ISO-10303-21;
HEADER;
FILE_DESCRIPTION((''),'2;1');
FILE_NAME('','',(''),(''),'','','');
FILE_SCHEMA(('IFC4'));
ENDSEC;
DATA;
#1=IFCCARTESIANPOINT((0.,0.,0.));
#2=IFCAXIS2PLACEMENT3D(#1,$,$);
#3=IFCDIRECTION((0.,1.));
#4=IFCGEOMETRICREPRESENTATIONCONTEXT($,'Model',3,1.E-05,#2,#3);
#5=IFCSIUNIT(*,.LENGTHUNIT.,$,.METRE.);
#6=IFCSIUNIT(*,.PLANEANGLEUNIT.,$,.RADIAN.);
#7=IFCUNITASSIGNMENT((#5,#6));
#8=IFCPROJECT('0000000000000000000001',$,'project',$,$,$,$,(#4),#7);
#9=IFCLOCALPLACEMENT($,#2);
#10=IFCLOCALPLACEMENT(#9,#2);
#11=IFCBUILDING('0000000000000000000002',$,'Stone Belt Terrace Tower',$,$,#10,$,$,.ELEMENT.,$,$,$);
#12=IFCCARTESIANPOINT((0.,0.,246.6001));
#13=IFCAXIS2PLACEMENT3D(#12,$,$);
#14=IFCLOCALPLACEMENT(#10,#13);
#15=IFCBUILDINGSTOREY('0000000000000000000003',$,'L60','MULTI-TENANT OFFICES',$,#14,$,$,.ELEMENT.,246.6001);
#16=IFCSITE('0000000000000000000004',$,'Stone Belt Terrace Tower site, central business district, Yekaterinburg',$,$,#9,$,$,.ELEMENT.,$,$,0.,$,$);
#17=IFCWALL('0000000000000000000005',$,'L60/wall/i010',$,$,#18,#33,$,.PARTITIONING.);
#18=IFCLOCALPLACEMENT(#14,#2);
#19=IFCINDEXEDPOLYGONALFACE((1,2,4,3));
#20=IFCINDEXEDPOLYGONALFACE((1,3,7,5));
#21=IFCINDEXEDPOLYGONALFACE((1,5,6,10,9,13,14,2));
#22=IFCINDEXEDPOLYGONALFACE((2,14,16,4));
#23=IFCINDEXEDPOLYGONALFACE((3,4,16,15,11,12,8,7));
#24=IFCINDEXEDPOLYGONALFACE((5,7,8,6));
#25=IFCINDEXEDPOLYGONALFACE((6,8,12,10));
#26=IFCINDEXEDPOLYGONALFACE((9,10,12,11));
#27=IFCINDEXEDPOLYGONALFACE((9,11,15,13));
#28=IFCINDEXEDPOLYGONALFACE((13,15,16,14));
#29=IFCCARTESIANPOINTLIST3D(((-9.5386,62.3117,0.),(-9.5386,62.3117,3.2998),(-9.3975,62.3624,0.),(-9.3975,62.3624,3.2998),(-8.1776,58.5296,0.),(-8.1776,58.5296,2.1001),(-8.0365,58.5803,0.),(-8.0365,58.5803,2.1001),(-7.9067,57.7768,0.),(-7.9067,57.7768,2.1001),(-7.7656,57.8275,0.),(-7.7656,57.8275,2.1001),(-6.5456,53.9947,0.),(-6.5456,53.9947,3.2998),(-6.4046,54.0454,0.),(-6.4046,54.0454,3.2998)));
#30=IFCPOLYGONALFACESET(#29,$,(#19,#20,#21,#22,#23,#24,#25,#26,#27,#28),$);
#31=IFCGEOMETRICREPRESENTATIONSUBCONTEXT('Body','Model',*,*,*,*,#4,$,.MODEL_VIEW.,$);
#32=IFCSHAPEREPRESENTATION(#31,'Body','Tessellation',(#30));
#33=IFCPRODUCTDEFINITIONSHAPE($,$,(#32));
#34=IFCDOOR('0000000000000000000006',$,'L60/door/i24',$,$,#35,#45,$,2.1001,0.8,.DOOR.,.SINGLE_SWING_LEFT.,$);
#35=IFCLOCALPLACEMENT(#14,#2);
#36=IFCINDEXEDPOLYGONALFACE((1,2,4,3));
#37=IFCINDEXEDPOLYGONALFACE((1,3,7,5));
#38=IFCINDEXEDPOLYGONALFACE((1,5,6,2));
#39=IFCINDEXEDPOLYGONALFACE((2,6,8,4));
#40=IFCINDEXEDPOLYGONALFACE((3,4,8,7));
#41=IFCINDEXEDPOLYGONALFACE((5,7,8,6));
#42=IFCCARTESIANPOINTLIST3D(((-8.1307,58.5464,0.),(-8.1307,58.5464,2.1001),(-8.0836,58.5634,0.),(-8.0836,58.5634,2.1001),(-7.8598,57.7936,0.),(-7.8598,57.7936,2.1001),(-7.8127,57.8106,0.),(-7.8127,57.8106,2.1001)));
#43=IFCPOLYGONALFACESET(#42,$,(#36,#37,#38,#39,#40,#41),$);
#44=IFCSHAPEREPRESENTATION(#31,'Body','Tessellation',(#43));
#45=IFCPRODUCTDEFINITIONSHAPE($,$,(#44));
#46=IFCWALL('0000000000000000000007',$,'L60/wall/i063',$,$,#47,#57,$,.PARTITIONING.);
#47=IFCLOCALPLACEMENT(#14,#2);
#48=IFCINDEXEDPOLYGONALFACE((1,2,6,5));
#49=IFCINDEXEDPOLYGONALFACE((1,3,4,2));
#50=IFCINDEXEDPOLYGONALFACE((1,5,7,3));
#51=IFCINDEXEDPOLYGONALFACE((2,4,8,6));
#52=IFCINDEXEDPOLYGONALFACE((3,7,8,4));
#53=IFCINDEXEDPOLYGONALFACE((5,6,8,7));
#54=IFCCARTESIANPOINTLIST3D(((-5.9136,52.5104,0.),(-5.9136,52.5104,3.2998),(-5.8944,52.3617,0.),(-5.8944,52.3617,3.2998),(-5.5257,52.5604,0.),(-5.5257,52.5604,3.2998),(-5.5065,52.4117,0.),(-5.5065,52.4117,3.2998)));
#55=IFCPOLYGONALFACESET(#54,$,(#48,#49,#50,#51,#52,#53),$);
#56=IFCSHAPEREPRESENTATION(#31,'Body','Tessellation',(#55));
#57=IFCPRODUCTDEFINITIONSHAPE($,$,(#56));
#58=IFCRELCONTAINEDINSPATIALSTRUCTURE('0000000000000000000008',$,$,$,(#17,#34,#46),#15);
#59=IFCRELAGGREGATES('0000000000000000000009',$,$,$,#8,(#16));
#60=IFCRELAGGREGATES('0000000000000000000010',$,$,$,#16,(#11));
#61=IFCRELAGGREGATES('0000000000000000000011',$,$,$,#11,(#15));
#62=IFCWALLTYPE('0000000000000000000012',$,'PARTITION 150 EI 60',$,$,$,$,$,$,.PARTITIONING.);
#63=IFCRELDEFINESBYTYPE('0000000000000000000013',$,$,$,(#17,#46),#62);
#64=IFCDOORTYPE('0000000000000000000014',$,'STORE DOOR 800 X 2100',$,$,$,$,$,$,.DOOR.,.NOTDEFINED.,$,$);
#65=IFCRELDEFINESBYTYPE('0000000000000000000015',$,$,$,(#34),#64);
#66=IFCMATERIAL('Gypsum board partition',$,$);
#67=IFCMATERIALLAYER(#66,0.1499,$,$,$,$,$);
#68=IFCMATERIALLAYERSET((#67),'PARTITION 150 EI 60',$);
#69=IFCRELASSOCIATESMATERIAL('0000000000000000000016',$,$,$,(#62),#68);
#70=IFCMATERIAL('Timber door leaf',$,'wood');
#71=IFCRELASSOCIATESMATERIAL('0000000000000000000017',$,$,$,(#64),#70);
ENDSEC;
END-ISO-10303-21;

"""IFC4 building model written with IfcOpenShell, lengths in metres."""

from ifc_helpers import new_model, si_unit, direction, frame, frame_2d, origin, place, context, subcontext, project, spatial, rectangle, extrude, material, layer, layer_set, type_object, element, fill, save


model = new_model("IFC4")

# Units and contexts
model_context = context("Model", 3, precision=1e-05, world=origin(), true_north=direction((0.0, 1.0)))
body_context = subcontext(model_context, "Body", "Model", "MODEL_VIEW")
ifc_project = project(units=[si_unit("LENGTHUNIT", "METRE"), si_unit("PLANEANGLEUNIT", "RADIAN")], contexts=[model_context])

# Site, building, storey
site_placement = place(None, origin())
site = spatial("IfcSite", under=ifc_project, at=site_placement, Name="Stone Belt Terrace Tower site, central business district, Yekaterinburg", CompositionType="ELEMENT", RefElevation=0.0)
building_placement = place(site_placement, origin())
building = spatial("IfcBuilding", under=site, at=building_placement, Name="Stone Belt Terrace Tower", CompositionType="ELEMENT")
storey_placement = place(building_placement, frame((0.0, 0.0, 246.6001)))
storey = spatial("IfcBuildingStorey", under=building, at=storey_placement, Name="L60", Description="MULTI-TENANT OFFICES", CompositionType="ELEMENT", Elevation=246.6001)

# Shared definitions
ifc_material_1 = material(Name="Timber door leaf", Category="wood")

# Shared definitions
ifc_material_2 = material(Name="Gypsum board partition")
ifc_layer_1 = layer(ifc_material_2, 0.1499)
ifc_layer_set_1 = layer_set([ifc_layer_1], Name="PARTITION 150 EI 60")
wall_type_1 = type_object("IfcWallType", Name="PARTITION 150 EI 60", PredefinedType="PARTITIONING", material=ifc_layer_set_1)

# Wall, opening, door
wall_1_placement = place(storey_placement, frame((-9.468, 62.3369, 0.0), z_axis=(0.0, 0.0, 1.0), x_axis=(0.338603, -0.940929, 0.0)))
wall_1 = element("IfcWall", 1, at=wall_1_placement, inside=storey, type_object=wall_type_1, Name="L60/wall/i010", PredefinedType="PARTITIONING", context=body_context, shape_type="SweptSolid", body=[
    extrude(rectangle(XDim=8.8391, YDim=0.1499, at=frame_2d((4.4194, 0.0))), origin(), (0.0, 0.0, 1.0), 3.2998),
])
opening_1_placement = place(wall_1_placement, frame((4.0195, 0.0, 0.0)))
opening_1 = element("IfcOpeningElement", 2, at=opening_1_placement, cuts=wall_1, PredefinedType="OPENING", context=body_context, shape_type="SweptSolid", body=[
    extrude(rectangle(XDim=0.8, YDim=2.1001, at=frame_2d((0.3999, 1.05))), frame((0.0, 0.085, 0.0), z_axis=(0.0, -1.0, 0.0), x_axis=(1.0, 0.0, 0.0)), (0.0, 0.0, 1.0), 0.1699),
])
door_type_1 = type_object("IfcDoorType", Name="STORE DOOR 800 X 2100", OperationType="NOTDEFINED", PredefinedType="DOOR", material=ifc_material_1)
door_1_placement = place(opening_1_placement, origin())
door_1 = element("IfcDoor", 3, at=door_1_placement, inside=storey, type_object=door_type_1, Name="L60/door/i24", OperationType="SINGLE_SWING_LEFT", OverallHeight=2.1001, OverallWidth=0.8, PredefinedType="DOOR", context=body_context, shape_type="SweptSolid", body=[
    extrude(rectangle(XDim=0.8, YDim=2.1001, at=frame_2d((0.3999, 1.05))), frame((0.0, 0.0249, 0.0), z_axis=(0.0, -1.0, 0.0), x_axis=(1.0, 0.0, 0.0)), (0.0, 0.0, 1.0), 0.05),
])
fill(opening_1, door_1)

# Wall
wall_2_placement = place(storey_placement, frame((-5.5161, 52.4861, 0.0), z_axis=(0.0, 0.0, 1.0), x_axis=(-0.99178, -0.127952, 0.0)))
element("IfcWall", 4, at=wall_2_placement, inside=storey, type_object=wall_type_1, Name="L60/wall/i063", PredefinedType="PARTITIONING", context=body_context, shape_type="SweptSolid", body=[
    extrude(rectangle(XDim=0.3911, YDim=0.1499, at=frame_2d((0.1956, 0.0))), origin(), (0.0, 0.0, 1.0), 3.2998),
])

save(model, "model.ifc")
